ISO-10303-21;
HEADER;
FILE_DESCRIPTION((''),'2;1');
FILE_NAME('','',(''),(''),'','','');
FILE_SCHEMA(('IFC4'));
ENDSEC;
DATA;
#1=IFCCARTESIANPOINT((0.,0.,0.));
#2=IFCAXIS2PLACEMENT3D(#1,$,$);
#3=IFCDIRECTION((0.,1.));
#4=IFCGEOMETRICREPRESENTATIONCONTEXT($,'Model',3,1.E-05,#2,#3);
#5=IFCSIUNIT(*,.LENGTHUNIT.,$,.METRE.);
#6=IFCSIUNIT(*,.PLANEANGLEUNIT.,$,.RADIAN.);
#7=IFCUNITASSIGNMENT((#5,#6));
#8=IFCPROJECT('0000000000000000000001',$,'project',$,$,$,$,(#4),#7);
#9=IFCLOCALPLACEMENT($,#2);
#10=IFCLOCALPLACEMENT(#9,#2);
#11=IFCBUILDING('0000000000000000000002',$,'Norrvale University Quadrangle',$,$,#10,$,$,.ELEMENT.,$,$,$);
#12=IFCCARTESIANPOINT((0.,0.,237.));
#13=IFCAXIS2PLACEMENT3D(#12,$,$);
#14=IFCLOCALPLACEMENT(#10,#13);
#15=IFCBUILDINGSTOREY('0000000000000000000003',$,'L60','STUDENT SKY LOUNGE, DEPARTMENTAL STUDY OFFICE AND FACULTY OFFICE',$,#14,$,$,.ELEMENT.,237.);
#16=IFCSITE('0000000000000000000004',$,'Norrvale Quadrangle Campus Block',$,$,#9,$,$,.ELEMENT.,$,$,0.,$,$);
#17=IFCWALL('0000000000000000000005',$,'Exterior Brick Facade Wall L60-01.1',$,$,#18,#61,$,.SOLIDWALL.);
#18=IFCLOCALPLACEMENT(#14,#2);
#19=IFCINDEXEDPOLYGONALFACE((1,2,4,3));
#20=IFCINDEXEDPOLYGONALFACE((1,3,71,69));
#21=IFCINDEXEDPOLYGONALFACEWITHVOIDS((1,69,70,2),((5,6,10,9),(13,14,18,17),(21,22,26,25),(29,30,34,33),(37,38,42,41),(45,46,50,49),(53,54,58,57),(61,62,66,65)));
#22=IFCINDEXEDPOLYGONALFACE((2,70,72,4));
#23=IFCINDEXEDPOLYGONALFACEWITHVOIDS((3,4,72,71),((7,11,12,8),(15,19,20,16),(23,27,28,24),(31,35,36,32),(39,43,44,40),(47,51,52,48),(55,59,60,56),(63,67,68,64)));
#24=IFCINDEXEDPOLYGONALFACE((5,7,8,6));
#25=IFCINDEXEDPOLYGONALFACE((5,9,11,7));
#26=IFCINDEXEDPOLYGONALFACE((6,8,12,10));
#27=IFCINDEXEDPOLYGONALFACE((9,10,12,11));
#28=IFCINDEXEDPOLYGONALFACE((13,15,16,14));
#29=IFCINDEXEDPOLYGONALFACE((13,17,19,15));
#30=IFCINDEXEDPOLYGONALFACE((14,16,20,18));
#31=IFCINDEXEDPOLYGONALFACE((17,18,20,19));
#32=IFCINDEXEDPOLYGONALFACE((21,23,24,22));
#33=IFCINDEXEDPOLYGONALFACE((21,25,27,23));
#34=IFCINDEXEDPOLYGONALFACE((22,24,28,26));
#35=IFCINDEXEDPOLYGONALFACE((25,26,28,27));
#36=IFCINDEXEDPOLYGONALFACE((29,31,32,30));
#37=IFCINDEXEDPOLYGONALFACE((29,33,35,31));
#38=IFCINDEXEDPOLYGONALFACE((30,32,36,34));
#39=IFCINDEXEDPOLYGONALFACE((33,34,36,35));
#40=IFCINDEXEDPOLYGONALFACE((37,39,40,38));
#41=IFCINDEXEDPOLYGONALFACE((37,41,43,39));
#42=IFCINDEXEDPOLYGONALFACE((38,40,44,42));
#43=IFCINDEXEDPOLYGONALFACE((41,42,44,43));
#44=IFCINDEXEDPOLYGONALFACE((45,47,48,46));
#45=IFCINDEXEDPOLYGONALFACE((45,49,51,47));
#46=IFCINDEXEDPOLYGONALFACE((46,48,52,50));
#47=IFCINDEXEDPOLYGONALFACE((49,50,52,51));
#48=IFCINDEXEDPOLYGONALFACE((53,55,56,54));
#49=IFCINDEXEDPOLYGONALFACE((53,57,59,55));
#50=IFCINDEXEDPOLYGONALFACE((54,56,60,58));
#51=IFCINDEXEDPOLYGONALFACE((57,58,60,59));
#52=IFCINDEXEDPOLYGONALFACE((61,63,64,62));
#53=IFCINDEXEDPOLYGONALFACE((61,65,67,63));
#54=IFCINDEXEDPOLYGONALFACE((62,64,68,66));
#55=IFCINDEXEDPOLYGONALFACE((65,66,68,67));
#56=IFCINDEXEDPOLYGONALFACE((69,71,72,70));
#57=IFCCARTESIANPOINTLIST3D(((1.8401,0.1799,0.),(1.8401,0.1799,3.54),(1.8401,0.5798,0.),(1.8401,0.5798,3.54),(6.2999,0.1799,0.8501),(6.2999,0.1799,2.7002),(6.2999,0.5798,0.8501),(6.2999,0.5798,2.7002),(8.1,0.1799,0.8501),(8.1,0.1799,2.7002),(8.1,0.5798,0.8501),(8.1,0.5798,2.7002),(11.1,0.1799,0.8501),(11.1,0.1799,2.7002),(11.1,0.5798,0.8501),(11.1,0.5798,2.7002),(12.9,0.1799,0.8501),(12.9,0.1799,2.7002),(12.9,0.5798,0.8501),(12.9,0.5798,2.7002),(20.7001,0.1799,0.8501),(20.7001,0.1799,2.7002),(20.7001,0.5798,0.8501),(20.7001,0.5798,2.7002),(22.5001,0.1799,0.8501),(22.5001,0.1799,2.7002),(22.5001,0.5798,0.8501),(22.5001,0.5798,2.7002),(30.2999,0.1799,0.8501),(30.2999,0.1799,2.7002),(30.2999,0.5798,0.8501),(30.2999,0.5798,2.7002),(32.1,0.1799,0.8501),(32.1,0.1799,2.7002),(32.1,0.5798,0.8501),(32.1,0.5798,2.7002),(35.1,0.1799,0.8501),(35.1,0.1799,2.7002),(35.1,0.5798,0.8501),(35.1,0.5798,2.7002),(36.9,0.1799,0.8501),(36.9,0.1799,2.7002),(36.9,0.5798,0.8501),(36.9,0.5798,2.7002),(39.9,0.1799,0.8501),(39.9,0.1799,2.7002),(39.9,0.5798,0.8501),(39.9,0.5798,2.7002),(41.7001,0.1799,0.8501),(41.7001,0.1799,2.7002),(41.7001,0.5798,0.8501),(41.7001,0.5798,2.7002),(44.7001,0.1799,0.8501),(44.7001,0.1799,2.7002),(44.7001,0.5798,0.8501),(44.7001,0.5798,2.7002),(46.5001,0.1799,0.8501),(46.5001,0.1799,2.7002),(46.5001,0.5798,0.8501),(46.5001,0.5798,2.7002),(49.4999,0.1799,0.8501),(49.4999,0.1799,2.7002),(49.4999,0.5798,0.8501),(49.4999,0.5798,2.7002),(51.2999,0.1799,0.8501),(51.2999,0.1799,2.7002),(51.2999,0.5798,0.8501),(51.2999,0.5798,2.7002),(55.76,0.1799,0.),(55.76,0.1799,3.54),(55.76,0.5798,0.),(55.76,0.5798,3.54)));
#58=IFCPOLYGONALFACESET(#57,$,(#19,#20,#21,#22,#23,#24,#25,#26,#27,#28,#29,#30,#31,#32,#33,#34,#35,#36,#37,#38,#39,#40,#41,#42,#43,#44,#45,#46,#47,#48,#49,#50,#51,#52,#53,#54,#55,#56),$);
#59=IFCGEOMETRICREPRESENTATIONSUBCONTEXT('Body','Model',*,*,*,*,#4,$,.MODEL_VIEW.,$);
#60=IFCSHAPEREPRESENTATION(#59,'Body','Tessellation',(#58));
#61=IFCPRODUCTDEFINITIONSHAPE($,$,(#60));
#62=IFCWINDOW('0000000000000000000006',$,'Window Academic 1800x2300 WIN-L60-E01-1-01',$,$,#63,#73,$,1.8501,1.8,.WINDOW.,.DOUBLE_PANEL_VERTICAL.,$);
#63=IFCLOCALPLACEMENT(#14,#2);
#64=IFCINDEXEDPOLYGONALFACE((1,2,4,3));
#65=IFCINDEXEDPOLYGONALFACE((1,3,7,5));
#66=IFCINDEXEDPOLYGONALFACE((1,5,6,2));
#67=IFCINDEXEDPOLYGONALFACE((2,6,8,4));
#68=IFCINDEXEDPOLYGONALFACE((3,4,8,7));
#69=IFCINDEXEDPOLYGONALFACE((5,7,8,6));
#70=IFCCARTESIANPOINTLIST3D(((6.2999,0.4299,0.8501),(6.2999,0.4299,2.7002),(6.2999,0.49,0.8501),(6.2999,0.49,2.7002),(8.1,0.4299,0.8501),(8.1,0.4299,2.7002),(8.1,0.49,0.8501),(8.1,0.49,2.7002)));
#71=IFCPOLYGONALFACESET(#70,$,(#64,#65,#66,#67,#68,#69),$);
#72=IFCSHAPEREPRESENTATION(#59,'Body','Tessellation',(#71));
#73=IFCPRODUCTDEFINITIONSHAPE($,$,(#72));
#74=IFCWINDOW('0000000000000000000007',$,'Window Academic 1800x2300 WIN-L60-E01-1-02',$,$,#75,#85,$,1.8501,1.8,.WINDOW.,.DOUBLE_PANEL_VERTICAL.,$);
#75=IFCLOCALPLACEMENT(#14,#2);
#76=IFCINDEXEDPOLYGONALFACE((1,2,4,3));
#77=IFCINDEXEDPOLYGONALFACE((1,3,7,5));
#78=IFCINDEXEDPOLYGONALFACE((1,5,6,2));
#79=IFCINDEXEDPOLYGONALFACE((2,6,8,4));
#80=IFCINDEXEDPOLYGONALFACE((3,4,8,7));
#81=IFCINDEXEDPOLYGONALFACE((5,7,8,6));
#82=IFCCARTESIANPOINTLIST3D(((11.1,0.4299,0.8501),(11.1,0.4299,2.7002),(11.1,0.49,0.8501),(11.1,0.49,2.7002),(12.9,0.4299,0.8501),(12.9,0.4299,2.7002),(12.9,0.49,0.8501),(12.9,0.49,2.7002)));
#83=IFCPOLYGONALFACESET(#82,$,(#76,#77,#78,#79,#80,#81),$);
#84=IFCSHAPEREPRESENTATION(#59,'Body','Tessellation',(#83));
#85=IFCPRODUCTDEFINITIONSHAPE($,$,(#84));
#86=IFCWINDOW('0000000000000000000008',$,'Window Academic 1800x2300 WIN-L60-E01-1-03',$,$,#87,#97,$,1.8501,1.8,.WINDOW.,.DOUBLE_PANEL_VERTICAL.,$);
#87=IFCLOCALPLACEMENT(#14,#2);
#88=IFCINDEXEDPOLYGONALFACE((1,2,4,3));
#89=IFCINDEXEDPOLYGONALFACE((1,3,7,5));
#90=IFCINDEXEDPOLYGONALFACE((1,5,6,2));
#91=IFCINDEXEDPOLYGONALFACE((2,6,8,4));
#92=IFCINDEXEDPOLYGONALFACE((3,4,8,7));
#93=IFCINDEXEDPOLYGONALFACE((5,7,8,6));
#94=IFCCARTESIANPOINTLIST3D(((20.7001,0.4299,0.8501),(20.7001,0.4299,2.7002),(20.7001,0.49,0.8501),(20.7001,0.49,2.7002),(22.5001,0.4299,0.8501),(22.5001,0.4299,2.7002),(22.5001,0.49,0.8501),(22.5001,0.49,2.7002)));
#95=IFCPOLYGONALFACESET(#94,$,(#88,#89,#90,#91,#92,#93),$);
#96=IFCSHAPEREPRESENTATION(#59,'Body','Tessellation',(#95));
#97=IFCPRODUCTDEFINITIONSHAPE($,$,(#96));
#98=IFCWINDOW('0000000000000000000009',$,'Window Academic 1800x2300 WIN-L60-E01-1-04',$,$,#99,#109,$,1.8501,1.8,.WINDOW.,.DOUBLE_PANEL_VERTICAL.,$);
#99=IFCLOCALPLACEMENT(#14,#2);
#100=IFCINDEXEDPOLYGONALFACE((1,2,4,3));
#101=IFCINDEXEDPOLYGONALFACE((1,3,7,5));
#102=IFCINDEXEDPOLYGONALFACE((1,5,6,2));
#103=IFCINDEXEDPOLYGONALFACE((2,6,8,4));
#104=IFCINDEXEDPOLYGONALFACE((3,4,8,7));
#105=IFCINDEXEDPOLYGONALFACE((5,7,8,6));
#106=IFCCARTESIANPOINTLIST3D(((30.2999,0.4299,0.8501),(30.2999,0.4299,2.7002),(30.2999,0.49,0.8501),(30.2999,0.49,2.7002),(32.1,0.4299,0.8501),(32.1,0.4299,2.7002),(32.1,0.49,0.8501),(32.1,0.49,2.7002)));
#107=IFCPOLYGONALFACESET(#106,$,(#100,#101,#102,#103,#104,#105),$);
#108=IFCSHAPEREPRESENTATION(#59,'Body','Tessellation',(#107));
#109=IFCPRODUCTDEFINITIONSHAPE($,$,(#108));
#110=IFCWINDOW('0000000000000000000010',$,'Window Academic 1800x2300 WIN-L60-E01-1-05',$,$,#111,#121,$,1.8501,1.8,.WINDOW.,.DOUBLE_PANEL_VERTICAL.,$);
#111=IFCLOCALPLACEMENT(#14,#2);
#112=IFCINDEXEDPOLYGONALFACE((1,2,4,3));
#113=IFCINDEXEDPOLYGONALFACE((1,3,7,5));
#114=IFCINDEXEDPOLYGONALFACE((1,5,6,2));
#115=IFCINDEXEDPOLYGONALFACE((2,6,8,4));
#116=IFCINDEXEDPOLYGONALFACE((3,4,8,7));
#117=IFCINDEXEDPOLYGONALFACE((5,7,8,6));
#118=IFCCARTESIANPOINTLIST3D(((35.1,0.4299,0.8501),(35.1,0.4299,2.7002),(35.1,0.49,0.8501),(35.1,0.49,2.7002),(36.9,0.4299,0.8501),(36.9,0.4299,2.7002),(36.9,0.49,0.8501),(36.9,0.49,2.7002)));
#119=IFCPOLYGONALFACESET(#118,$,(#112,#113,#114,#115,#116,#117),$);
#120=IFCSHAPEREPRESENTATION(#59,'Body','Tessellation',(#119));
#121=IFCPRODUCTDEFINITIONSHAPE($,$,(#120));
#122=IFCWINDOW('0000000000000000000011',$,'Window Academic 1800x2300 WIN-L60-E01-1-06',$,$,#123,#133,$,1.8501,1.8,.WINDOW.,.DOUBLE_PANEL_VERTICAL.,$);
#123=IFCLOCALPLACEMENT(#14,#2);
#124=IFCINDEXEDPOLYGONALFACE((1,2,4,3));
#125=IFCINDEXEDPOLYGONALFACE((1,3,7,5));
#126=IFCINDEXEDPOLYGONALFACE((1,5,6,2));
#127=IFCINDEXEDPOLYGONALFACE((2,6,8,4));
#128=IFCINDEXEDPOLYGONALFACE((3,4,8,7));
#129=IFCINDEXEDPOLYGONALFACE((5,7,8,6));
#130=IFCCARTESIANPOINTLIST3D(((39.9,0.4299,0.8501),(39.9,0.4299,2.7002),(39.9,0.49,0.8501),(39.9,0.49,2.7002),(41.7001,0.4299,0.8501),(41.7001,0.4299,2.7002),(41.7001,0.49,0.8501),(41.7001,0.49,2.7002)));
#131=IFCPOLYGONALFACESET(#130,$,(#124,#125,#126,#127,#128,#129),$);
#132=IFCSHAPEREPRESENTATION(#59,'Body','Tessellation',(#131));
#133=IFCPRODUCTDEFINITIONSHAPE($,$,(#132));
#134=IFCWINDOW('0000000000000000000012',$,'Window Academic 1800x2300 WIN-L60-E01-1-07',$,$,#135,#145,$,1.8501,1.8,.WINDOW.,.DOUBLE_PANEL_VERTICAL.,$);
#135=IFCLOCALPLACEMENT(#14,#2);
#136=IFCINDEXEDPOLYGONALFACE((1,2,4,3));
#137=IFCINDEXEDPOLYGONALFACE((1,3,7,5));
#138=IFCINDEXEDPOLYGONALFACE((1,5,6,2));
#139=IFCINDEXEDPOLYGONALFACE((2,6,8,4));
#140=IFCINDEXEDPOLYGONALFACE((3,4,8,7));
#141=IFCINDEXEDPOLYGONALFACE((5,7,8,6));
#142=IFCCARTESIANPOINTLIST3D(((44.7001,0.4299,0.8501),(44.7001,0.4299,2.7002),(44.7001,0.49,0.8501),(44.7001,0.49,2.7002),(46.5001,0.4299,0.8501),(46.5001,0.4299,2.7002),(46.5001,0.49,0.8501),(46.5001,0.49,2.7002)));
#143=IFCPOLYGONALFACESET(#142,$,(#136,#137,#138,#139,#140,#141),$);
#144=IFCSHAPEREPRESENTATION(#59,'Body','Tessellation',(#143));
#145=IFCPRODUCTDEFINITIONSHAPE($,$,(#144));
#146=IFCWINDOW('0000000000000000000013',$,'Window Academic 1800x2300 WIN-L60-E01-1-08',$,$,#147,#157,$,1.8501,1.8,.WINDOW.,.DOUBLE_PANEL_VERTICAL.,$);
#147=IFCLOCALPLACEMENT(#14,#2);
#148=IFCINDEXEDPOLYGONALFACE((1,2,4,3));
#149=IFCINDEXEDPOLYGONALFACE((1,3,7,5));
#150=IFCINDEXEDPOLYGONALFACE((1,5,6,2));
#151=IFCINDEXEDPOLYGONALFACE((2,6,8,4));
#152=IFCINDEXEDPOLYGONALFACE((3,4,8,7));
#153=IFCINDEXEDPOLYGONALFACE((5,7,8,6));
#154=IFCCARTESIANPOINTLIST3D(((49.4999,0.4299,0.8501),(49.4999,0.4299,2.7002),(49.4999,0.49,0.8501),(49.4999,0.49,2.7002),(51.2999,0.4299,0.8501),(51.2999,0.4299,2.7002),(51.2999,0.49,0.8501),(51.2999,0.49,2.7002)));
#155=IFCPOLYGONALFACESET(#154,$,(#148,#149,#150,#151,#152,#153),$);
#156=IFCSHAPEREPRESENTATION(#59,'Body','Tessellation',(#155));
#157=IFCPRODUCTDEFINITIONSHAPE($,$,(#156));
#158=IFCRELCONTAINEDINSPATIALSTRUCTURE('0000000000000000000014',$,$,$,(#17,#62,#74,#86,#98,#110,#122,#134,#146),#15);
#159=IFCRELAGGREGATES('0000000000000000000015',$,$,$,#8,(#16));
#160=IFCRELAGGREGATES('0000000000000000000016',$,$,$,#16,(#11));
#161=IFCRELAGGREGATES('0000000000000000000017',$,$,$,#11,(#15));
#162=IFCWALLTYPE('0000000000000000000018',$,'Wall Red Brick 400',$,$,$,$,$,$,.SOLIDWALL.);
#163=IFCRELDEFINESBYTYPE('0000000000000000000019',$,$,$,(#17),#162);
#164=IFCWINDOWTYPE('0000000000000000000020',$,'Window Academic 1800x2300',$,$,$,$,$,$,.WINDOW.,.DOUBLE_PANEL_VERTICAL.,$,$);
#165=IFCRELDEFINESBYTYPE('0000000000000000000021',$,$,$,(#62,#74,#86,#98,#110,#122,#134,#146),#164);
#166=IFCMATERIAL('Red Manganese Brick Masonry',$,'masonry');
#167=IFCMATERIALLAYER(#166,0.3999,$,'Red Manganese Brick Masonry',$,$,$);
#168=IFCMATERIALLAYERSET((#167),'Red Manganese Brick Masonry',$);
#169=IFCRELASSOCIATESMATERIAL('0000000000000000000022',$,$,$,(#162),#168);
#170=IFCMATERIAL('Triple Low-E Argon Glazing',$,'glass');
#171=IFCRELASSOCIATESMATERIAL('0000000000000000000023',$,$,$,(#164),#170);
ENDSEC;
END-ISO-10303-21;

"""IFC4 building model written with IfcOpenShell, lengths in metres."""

from ifc_helpers import new_model, si_unit, direction, frame, frame_2d, origin, place, context, subcontext, project, spatial, rectangle, extrude, material, layer, layer_set, type_object, element, fill, save


model = new_model("IFC4")

# Units and contexts
model_context = context("Model", 3, precision=1e-05, world=origin(), true_north=direction((0.0, 1.0)))
body_context = subcontext(model_context, "Body", "Model", "MODEL_VIEW")
ifc_project = project(units=[si_unit("LENGTHUNIT", "METRE"), si_unit("PLANEANGLEUNIT", "RADIAN")], contexts=[model_context])

# Site, building, storey
site_placement = place(None, origin())
site = spatial("IfcSite", under=ifc_project, at=site_placement, Name="Norrvale Quadrangle Campus Block", CompositionType="ELEMENT", RefElevation=0.0)
building_placement = place(site_placement, origin())
building = spatial("IfcBuilding", under=site, at=building_placement, Name="Norrvale University Quadrangle", CompositionType="ELEMENT")
storey_placement = place(building_placement, frame((0.0, 0.0, 237.0)))
storey = spatial("IfcBuildingStorey", under=building, at=storey_placement, Name="L60", Description="STUDENT SKY LOUNGE, DEPARTMENTAL STUDY OFFICE AND FACULTY OFFICE", CompositionType="ELEMENT", Elevation=237.0)

# Wall, openings, windows
ifc_material_1 = material(Name="Red Manganese Brick Masonry", Category="masonry")
ifc_layer_1 = layer(ifc_material_1, 0.3999, Name="Red Manganese Brick Masonry")
ifc_layer_set_1 = layer_set([ifc_layer_1], Name="Red Manganese Brick Masonry")
wall_type_1 = type_object("IfcWallType", Name="Wall Red Brick 400", PredefinedType="SOLIDWALL", material=ifc_layer_set_1)
wall_1_placement = place(storey_placement, frame((1.8401, 0.3799, 0.0), z_axis=(0.0, 0.0, 1.0), x_axis=(1.0, 0.0, 0.0)))
wall_1 = element("IfcWall", 1, at=wall_1_placement, inside=storey, type_object=wall_type_1, Name="Exterior Brick Facade Wall L60-01.1", PredefinedType="SOLIDWALL", context=body_context, shape_type="SweptSolid", body=[
    extrude(rectangle(XDim=53.9199, YDim=0.3999, at=frame_2d((26.96, 0.0))), origin(), (0.0, 0.0, 1.0), 3.54),
])
opening_1_placement = place(wall_1_placement, frame((4.46, 0.0, 0.8501)))
opening_1 = element("IfcOpeningElement", 2, at=opening_1_placement, cuts=wall_1, PredefinedType="OPENING", context=body_context, shape_type="SweptSolid", body=[
    extrude(rectangle(XDim=1.8, YDim=1.8501, at=frame_2d((0.8999, 0.925))), frame((0.0, 0.2119, 0.0), z_axis=(0.0, -1.0, 0.0), x_axis=(1.0, 0.0, 0.0)), (0.0, 0.0, 1.0), 0.4238),
])
opening_2_placement = place(wall_1_placement, frame((9.26, 0.0, 0.8501)))
opening_2 = element("IfcOpeningElement", 3, at=opening_2_placement, cuts=wall_1, PredefinedType="OPENING", context=body_context, shape_type="SweptSolid", body=[
    extrude(rectangle(XDim=1.8, YDim=1.8501, at=frame_2d((0.8999, 0.925))), frame((0.0, 0.2119, 0.0), z_axis=(0.0, -1.0, 0.0), x_axis=(1.0, 0.0, 0.0)), (0.0, 0.0, 1.0), 0.4238),
])
opening_3_placement = place(wall_1_placement, frame((18.8601, 0.0, 0.8501)))
opening_3 = element("IfcOpeningElement", 4, at=opening_3_placement, cuts=wall_1, PredefinedType="OPENING", context=body_context, shape_type="SweptSolid", body=[
    extrude(rectangle(XDim=1.8, YDim=1.8501, at=frame_2d((0.8999, 0.925))), frame((0.0, 0.2119, 0.0), z_axis=(0.0, -1.0, 0.0), x_axis=(1.0, 0.0, 0.0)), (0.0, 0.0, 1.0), 0.4238),
])
opening_4_placement = place(wall_1_placement, frame((28.46, 0.0, 0.8501)))
opening_4 = element("IfcOpeningElement", 5, at=opening_4_placement, cuts=wall_1, PredefinedType="OPENING", context=body_context, shape_type="SweptSolid", body=[
    extrude(rectangle(XDim=1.8, YDim=1.8501, at=frame_2d((0.8999, 0.925))), frame((0.0, 0.2119, 0.0), z_axis=(0.0, -1.0, 0.0), x_axis=(1.0, 0.0, 0.0)), (0.0, 0.0, 1.0), 0.4238),
])
opening_5_placement = place(wall_1_placement, frame((33.26, 0.0, 0.8501)))
opening_5 = element("IfcOpeningElement", 6, at=opening_5_placement, cuts=wall_1, PredefinedType="OPENING", context=body_context, shape_type="SweptSolid", body=[
    extrude(rectangle(XDim=1.8, YDim=1.8501, at=frame_2d((0.8999, 0.925))), frame((0.0, 0.2119, 0.0), z_axis=(0.0, -1.0, 0.0), x_axis=(1.0, 0.0, 0.0)), (0.0, 0.0, 1.0), 0.4238),
])
opening_6_placement = place(wall_1_placement, frame((38.0601, 0.0, 0.8501)))
opening_6 = element("IfcOpeningElement", 7, at=opening_6_placement, cuts=wall_1, PredefinedType="OPENING", context=body_context, shape_type="SweptSolid", body=[
    extrude(rectangle(XDim=1.8, YDim=1.8501, at=frame_2d((0.8999, 0.925))), frame((0.0, 0.2119, 0.0), z_axis=(0.0, -1.0, 0.0), x_axis=(1.0, 0.0, 0.0)), (0.0, 0.0, 1.0), 0.4238),
])
opening_7_placement = place(wall_1_placement, frame((42.8601, 0.0, 0.8501)))
opening_7 = element("IfcOpeningElement", 8, at=opening_7_placement, cuts=wall_1, PredefinedType="OPENING", context=body_context, shape_type="SweptSolid", body=[
    extrude(rectangle(XDim=1.8, YDim=1.8501, at=frame_2d((0.8999, 0.925))), frame((0.0, 0.2119, 0.0), z_axis=(0.0, -1.0, 0.0), x_axis=(1.0, 0.0, 0.0)), (0.0, 0.0, 1.0), 0.4238),
])
opening_8_placement = place(wall_1_placement, frame((47.6599, 0.0, 0.8501)))
opening_8 = element("IfcOpeningElement", 9, at=opening_8_placement, cuts=wall_1, PredefinedType="OPENING", context=body_context, shape_type="SweptSolid", body=[
    extrude(rectangle(XDim=1.8, YDim=1.8501, at=frame_2d((0.8999, 0.925))), frame((0.0, 0.2119, 0.0), z_axis=(0.0, -1.0, 0.0), x_axis=(1.0, 0.0, 0.0)), (0.0, 0.0, 1.0), 0.4238),
])
ifc_material_2 = material(Name="Triple Low-E Argon Glazing", Category="glass")
window_type = type_object("IfcWindowType", Name="Window Academic 1800x2300", PartitioningType="DOUBLE_PANEL_VERTICAL", PredefinedType="WINDOW", material=ifc_material_2)
window_1_placement = place(opening_1_placement, origin())
window_1 = element("IfcWindow", 10, at=window_1_placement, inside=storey, type_object=window_type, Name="Window Academic 1800x2300 WIN-L60-E01-1-01", OverallHeight=1.8501, OverallWidth=1.8, PartitioningType="DOUBLE_PANEL_VERTICAL", PredefinedType="WINDOW", context=body_context, shape_type="SweptSolid", body=[
    extrude(rectangle(XDim=1.8, YDim=1.8501, at=frame_2d((0.8999, 0.925))), frame((0.0, 0.1101, 0.0), z_axis=(0.0, -1.0, 0.0), x_axis=(1.0, 0.0, 0.0)), (0.0, 0.0, 1.0), 0.0601),
])
fill(opening_1, window_1)
window_2_placement = place(opening_2_placement, origin())
window_2 = element("IfcWindow", 11, at=window_2_placement, inside=storey, type_object=window_type, Name="Window Academic 1800x2300 WIN-L60-E01-1-02", OverallHeight=1.8501, OverallWidth=1.8, PartitioningType="DOUBLE_PANEL_VERTICAL", PredefinedType="WINDOW", context=body_context, shape_type="SweptSolid", body=[
    extrude(rectangle(XDim=1.8, YDim=1.8501, at=frame_2d((0.8999, 0.925))), frame((0.0, 0.1101, 0.0), z_axis=(0.0, -1.0, 0.0), x_axis=(1.0, 0.0, 0.0)), (0.0, 0.0, 1.0), 0.0601),
])
fill(opening_2, window_2)
window_3_placement = place(opening_3_placement, origin())
window_3 = element("IfcWindow", 12, at=window_3_placement, inside=storey, type_object=window_type, Name="Window Academic 1800x2300 WIN-L60-E01-1-03", OverallHeight=1.8501, OverallWidth=1.8, PartitioningType="DOUBLE_PANEL_VERTICAL", PredefinedType="WINDOW", context=body_context, shape_type="SweptSolid", body=[
    extrude(rectangle(XDim=1.8, YDim=1.8501, at=frame_2d((0.8999, 0.925))), frame((0.0, 0.1101, 0.0), z_axis=(0.0, -1.0, 0.0), x_axis=(1.0, 0.0, 0.0)), (0.0, 0.0, 1.0), 0.0601),
])
fill(opening_3, window_3)
window_4_placement = place(opening_4_placement, origin())
window_4 = element("IfcWindow", 13, at=window_4_placement, inside=storey, type_object=window_type, Name="Window Academic 1800x2300 WIN-L60-E01-1-04", OverallHeight=1.8501, OverallWidth=1.8, PartitioningType="DOUBLE_PANEL_VERTICAL", PredefinedType="WINDOW", context=body_context, shape_type="SweptSolid", body=[
    extrude(rectangle(XDim=1.8, YDim=1.8501, at=frame_2d((0.8999, 0.925))), frame((0.0, 0.1101, 0.0), z_axis=(0.0, -1.0, 0.0), x_axis=(1.0, 0.0, 0.0)), (0.0, 0.0, 1.0), 0.0601),
])
fill(opening_4, window_4)
window_5_placement = place(opening_5_placement, origin())
window_5 = element("IfcWindow", 14, at=window_5_placement, inside=storey, type_object=window_type, Name="Window Academic 1800x2300 WIN-L60-E01-1-05", OverallHeight=1.8501, OverallWidth=1.8, PartitioningType="DOUBLE_PANEL_VERTICAL", PredefinedType="WINDOW", context=body_context, shape_type="SweptSolid", body=[
    extrude(rectangle(XDim=1.8, YDim=1.8501, at=frame_2d((0.8999, 0.925))), frame((0.0, 0.1101, 0.0), z_axis=(0.0, -1.0, 0.0), x_axis=(1.0, 0.0, 0.0)), (0.0, 0.0, 1.0), 0.0601),
])
fill(opening_5, window_5)
window_6_placement = place(opening_6_placement, origin())
window_6 = element("IfcWindow", 15, at=window_6_placement, inside=storey, type_object=window_type, Name="Window Academic 1800x2300 WIN-L60-E01-1-06", OverallHeight=1.8501, OverallWidth=1.8, PartitioningType="DOUBLE_PANEL_VERTICAL", PredefinedType="WINDOW", context=body_context, shape_type="SweptSolid", body=[
    extrude(rectangle(XDim=1.8, YDim=1.8501, at=frame_2d((0.8999, 0.925))), frame((0.0, 0.1101, 0.0), z_axis=(0.0, -1.0, 0.0), x_axis=(1.0, 0.0, 0.0)), (0.0, 0.0, 1.0), 0.0601),
])
fill(opening_6, window_6)
window_7_placement = place(opening_7_placement, origin())
window_7 = element("IfcWindow", 16, at=window_7_placement, inside=storey, type_object=window_type, Name="Window Academic 1800x2300 WIN-L60-E01-1-07", OverallHeight=1.8501, OverallWidth=1.8, PartitioningType="DOUBLE_PANEL_VERTICAL", PredefinedType="WINDOW", context=body_context, shape_type="SweptSolid", body=[
    extrude(rectangle(XDim=1.8, YDim=1.8501, at=frame_2d((0.8999, 0.925))), frame((0.0, 0.1101, 0.0), z_axis=(0.0, -1.0, 0.0), x_axis=(1.0, 0.0, 0.0)), (0.0, 0.0, 1.0), 0.0601),
])
fill(opening_7, window_7)
window_8_placement = place(opening_8_placement, origin())
window_8 = element("IfcWindow", 17, at=window_8_placement, inside=storey, type_object=window_type, Name="Window Academic 1800x2300 WIN-L60-E01-1-08", OverallHeight=1.8501, OverallWidth=1.8, PartitioningType="DOUBLE_PANEL_VERTICAL", PredefinedType="WINDOW", context=body_context, shape_type="SweptSolid", body=[
    extrude(rectangle(XDim=1.8, YDim=1.8501, at=frame_2d((0.8999, 0.925))), frame((0.0, 0.1101, 0.0), z_axis=(0.0, -1.0, 0.0), x_axis=(1.0, 0.0, 0.0)), (0.0, 0.0, 1.0), 0.0601),
])
fill(opening_8, window_8)

save(model, "model.ifc")
